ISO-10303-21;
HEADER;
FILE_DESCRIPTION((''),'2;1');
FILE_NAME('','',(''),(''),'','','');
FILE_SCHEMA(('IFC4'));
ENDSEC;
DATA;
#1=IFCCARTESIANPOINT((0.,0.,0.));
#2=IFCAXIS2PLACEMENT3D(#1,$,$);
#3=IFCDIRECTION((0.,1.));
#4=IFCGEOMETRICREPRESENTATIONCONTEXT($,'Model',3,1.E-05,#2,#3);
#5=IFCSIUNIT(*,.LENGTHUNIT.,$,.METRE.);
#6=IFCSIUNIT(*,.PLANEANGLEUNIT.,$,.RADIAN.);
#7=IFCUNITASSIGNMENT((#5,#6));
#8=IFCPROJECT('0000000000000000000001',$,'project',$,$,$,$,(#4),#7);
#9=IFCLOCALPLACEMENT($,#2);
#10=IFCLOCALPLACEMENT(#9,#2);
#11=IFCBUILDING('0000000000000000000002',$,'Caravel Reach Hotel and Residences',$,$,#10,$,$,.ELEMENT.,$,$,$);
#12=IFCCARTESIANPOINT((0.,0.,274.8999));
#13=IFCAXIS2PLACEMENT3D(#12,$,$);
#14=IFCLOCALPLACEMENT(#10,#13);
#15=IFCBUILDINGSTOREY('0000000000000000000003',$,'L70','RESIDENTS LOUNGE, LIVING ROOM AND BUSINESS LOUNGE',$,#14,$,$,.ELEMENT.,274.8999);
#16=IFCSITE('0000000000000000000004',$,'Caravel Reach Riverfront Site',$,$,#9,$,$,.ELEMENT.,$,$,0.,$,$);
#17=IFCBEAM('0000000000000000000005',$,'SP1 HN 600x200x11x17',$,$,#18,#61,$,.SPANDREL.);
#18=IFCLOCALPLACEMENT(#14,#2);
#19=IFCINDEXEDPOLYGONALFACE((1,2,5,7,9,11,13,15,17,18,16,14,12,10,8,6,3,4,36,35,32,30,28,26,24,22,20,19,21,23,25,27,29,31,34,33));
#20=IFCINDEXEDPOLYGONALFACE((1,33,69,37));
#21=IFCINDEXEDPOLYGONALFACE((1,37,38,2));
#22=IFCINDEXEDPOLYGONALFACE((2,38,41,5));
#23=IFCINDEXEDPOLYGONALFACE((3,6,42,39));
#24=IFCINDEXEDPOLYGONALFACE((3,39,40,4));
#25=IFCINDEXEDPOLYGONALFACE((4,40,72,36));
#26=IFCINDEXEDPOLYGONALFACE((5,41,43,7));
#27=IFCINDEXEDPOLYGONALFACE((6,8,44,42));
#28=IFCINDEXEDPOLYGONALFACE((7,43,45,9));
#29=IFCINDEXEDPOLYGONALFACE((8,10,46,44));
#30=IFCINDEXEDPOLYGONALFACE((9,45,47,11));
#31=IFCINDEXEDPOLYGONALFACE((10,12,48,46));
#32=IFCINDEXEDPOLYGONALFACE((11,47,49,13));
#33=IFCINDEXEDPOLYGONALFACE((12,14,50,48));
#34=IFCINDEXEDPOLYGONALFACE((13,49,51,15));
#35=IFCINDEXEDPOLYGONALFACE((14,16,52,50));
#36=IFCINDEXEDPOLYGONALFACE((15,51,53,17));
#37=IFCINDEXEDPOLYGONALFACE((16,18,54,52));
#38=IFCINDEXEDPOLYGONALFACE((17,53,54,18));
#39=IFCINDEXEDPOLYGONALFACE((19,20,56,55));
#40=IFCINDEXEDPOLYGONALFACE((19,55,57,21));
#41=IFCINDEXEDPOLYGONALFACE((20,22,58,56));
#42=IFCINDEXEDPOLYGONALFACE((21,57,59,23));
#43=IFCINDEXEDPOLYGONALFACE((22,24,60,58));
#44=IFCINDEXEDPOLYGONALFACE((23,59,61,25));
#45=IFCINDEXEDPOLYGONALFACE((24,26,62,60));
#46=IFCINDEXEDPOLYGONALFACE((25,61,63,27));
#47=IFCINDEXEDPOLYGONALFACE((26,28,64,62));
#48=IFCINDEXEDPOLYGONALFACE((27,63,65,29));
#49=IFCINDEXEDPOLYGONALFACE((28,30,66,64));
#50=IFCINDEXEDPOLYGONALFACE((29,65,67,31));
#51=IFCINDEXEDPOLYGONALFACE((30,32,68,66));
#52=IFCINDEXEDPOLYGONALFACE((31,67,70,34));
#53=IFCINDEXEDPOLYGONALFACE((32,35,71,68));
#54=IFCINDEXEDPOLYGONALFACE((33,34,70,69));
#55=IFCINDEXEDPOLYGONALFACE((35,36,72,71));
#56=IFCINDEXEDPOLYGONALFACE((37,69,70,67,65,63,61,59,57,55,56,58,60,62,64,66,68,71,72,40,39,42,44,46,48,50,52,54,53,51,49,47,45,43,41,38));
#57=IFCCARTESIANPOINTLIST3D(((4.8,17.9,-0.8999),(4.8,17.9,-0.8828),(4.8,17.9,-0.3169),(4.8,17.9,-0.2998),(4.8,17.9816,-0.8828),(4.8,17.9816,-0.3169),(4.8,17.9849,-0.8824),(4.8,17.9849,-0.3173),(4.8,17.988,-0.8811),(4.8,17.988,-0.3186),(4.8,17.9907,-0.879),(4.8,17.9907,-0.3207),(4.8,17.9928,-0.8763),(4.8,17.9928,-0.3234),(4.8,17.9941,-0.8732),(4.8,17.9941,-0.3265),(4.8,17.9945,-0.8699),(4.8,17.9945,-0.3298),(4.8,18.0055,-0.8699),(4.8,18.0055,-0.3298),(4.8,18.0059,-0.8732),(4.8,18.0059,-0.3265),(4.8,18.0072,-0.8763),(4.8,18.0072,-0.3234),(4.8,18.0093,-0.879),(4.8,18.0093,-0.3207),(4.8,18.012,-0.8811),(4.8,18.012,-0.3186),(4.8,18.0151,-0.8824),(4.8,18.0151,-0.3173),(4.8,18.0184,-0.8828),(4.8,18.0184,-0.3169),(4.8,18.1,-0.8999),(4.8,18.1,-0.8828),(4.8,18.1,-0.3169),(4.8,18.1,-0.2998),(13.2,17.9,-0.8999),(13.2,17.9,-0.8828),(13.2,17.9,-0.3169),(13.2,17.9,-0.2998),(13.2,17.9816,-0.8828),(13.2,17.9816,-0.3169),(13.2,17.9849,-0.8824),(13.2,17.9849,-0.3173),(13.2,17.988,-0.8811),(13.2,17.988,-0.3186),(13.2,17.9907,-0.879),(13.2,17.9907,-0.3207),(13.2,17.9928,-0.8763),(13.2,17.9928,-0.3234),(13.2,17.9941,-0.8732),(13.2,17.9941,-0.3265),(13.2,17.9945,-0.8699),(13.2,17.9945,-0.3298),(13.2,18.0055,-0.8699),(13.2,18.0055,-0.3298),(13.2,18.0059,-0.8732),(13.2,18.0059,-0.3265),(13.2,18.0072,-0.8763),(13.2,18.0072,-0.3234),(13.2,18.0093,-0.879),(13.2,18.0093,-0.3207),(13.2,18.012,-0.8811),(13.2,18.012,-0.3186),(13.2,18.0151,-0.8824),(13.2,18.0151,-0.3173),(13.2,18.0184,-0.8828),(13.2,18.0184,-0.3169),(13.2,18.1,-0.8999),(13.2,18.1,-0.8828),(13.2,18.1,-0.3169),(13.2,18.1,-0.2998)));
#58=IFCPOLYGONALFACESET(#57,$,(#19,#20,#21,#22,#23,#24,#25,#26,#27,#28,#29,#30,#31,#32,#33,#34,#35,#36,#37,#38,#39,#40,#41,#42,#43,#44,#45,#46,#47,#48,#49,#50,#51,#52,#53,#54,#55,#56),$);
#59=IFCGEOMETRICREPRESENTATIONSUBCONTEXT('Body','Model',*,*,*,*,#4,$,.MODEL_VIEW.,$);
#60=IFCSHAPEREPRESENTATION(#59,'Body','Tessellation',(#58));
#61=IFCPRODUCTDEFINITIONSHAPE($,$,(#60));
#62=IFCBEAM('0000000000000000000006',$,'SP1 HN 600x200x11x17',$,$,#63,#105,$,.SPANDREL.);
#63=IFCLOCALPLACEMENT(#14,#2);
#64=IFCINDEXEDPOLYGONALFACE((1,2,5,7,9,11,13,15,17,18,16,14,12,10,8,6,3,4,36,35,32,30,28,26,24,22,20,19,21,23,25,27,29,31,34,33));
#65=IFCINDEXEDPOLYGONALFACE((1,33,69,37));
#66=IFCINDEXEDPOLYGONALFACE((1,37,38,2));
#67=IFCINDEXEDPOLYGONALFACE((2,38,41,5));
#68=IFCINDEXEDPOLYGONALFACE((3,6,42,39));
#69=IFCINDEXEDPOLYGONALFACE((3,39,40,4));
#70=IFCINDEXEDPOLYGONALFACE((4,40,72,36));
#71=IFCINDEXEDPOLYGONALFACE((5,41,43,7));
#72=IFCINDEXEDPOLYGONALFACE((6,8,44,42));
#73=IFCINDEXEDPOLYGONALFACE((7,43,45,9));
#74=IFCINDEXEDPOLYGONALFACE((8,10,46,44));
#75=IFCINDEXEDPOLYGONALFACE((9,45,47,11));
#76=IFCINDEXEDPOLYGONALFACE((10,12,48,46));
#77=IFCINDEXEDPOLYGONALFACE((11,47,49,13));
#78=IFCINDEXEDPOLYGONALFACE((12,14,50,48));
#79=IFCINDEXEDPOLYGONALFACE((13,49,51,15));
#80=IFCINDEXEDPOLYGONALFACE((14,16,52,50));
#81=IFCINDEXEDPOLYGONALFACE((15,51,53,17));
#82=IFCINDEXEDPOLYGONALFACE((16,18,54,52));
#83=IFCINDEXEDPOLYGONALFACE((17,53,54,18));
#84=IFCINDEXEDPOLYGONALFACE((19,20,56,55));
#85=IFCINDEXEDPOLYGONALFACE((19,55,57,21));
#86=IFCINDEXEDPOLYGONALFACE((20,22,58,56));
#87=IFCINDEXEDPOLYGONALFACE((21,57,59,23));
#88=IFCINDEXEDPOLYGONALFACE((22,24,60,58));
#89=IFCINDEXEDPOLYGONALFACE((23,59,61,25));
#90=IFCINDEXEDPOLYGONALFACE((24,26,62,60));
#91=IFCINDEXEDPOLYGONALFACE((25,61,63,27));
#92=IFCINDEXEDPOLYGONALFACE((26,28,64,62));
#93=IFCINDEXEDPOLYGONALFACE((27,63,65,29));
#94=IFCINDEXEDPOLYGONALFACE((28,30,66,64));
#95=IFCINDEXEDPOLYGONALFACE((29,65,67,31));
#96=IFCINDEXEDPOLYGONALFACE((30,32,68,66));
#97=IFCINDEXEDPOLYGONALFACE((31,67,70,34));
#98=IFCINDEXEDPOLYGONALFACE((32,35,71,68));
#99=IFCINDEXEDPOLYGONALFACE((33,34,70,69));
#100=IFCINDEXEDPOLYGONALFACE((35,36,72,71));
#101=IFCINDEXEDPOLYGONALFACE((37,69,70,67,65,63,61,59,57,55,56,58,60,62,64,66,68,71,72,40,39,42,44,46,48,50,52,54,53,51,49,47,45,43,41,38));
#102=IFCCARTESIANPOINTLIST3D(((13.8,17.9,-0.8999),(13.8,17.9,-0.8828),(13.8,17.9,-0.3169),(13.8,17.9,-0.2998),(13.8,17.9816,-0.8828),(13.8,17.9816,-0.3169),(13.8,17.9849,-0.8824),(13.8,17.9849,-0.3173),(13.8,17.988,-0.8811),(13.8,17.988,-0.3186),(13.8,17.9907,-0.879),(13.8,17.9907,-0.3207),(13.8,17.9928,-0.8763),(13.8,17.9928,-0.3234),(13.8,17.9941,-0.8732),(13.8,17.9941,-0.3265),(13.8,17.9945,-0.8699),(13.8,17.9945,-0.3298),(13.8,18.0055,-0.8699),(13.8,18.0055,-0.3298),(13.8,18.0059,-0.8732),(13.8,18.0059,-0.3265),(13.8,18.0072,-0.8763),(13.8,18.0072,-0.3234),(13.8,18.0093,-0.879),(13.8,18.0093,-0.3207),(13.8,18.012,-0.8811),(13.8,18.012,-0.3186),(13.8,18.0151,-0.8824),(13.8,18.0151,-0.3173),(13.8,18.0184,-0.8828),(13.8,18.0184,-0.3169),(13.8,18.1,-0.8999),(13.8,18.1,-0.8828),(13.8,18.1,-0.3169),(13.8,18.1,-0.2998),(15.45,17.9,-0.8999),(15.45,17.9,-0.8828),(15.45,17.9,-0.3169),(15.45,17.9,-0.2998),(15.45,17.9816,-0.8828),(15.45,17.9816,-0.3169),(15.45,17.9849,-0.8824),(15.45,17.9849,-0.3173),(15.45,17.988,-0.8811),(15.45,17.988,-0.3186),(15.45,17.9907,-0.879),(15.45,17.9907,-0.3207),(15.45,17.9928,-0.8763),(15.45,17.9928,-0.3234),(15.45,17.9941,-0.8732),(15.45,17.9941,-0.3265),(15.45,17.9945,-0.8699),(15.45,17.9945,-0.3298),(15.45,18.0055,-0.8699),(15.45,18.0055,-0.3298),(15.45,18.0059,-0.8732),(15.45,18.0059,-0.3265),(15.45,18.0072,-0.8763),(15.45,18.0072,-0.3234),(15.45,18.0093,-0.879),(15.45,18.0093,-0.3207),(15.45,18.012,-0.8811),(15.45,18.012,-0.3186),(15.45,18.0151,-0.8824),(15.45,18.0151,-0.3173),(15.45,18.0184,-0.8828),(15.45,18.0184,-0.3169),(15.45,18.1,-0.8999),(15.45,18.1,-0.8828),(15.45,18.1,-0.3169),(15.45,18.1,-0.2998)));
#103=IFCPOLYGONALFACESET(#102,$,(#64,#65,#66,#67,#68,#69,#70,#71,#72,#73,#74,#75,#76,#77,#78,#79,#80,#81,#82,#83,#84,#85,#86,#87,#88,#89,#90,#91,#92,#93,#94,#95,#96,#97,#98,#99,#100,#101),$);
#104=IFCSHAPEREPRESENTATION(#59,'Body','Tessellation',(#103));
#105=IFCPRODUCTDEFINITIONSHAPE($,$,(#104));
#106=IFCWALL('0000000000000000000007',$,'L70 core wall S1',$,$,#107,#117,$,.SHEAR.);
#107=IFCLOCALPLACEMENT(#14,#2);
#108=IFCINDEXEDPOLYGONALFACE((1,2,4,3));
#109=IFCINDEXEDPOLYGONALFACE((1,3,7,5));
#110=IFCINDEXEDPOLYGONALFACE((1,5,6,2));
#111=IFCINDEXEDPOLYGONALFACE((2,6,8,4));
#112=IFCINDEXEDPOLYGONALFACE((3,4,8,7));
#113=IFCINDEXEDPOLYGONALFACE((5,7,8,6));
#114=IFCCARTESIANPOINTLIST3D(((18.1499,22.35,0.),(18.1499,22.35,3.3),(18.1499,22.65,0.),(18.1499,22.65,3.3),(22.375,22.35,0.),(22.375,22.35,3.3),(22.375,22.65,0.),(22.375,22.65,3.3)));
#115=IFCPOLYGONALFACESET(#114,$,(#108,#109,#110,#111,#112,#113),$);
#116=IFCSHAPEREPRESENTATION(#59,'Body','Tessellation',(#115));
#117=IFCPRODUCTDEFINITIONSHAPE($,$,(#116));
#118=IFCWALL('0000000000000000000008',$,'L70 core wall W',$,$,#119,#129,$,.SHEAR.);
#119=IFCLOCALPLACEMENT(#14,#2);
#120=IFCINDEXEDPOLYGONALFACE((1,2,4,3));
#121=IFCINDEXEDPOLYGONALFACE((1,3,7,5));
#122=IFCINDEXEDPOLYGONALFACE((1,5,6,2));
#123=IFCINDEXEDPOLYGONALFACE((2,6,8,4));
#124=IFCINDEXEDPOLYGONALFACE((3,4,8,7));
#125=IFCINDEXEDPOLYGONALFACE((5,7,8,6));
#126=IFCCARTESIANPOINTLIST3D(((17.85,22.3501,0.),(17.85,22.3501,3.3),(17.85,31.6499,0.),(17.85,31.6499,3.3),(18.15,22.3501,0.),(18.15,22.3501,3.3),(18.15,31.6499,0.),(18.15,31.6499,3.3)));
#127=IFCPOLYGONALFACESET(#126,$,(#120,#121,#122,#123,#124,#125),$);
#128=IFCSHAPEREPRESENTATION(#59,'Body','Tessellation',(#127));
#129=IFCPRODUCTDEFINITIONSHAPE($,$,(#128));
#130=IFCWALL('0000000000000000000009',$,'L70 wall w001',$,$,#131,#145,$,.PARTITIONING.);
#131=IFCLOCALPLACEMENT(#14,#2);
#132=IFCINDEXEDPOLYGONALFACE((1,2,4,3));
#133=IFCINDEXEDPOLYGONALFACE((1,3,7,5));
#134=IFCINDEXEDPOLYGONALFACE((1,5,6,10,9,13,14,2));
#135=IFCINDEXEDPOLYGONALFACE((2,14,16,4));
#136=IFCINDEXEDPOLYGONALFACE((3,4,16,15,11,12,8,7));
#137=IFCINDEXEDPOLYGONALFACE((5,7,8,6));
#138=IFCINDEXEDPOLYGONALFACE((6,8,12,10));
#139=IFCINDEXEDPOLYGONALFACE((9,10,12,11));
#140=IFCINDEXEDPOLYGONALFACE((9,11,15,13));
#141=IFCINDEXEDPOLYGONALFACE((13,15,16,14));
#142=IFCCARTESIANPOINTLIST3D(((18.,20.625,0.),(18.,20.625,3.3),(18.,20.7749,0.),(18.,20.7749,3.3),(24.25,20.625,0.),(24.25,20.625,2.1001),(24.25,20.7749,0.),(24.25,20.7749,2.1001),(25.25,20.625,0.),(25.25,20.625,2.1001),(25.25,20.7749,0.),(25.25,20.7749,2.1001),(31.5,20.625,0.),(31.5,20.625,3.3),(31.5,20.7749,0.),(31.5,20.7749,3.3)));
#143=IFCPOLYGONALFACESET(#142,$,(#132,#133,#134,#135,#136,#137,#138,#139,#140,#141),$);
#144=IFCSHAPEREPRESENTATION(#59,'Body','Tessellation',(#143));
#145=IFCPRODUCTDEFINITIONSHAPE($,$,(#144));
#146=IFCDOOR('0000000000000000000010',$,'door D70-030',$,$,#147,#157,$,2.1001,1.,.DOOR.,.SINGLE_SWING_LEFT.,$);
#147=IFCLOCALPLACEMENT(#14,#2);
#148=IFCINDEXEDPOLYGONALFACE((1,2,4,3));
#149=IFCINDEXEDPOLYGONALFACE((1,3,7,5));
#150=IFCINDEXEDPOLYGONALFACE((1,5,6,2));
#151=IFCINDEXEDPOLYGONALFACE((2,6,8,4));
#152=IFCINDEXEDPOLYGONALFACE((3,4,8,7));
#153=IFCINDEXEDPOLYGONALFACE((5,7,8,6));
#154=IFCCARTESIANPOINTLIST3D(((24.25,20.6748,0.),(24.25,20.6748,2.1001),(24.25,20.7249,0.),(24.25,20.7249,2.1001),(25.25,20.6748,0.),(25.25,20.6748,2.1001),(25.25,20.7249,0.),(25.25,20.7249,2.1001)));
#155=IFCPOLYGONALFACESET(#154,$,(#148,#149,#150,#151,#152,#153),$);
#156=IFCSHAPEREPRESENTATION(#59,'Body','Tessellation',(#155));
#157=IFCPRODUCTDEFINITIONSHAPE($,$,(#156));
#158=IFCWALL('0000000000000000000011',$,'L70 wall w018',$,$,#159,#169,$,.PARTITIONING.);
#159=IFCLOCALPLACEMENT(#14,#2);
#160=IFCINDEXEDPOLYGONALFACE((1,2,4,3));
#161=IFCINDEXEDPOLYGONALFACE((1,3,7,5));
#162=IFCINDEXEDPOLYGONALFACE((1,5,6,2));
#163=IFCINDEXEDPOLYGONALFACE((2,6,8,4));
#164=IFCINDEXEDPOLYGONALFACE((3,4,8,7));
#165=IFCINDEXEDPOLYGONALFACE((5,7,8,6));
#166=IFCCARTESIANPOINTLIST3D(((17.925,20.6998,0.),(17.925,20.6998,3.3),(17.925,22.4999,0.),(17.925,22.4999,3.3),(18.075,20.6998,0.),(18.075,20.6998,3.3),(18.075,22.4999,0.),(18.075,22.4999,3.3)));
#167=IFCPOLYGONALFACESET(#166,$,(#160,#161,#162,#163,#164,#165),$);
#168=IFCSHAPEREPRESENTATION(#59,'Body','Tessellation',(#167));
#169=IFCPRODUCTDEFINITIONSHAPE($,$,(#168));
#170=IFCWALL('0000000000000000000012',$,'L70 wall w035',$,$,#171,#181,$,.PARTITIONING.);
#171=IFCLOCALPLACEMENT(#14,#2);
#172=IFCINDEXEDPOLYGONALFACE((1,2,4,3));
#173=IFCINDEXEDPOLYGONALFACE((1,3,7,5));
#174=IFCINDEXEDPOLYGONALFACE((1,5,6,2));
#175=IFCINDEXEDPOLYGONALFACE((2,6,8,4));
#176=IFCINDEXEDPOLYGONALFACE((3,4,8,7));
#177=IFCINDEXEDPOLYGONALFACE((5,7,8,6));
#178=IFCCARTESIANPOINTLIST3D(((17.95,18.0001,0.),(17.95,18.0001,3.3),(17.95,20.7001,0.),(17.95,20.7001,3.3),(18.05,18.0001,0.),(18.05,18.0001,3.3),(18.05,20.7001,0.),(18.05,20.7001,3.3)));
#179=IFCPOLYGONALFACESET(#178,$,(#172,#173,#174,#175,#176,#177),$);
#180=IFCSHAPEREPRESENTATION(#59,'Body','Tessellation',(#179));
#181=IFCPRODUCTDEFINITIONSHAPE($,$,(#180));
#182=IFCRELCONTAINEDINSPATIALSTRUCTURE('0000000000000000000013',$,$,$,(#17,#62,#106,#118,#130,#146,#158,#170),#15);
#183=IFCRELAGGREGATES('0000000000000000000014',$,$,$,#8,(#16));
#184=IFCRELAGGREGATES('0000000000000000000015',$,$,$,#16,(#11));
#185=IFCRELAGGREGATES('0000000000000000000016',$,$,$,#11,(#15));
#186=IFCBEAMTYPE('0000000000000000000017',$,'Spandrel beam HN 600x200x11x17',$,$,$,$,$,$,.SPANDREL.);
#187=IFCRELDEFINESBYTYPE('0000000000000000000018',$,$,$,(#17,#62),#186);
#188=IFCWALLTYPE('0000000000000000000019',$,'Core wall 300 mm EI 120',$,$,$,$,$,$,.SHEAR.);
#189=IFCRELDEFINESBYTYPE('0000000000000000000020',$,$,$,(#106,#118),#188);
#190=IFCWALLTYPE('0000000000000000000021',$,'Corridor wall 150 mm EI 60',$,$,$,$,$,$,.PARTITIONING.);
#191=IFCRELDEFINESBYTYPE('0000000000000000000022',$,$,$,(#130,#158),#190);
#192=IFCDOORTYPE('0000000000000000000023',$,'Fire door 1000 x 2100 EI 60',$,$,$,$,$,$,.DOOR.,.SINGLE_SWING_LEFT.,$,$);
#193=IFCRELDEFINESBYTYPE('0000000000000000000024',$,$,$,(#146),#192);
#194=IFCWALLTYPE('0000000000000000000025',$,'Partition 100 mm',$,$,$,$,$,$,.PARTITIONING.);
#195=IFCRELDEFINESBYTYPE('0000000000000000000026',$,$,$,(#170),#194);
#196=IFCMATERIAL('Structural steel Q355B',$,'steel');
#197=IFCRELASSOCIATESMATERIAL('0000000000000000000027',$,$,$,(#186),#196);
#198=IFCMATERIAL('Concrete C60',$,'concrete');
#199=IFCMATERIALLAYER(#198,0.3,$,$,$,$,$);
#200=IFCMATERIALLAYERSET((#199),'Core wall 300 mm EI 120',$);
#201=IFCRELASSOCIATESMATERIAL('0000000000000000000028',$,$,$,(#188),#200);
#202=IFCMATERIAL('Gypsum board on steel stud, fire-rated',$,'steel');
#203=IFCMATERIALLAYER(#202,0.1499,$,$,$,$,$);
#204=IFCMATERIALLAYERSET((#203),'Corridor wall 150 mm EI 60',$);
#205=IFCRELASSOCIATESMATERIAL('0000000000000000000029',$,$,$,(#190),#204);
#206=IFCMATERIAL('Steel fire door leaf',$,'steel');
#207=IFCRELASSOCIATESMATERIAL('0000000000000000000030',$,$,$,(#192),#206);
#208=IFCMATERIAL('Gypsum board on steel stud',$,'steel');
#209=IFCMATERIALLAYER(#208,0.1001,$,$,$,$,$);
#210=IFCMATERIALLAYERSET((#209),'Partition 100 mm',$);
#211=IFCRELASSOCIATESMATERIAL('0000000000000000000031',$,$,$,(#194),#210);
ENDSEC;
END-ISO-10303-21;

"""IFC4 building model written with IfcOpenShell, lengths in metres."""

from ifc_helpers import new_model, si_unit, direction, frame, frame_2d, origin, origin_2d, place, context, subcontext, project, spatial, rectangle, i_section, extrude, material, layer, layer_set, material_profile, profile_set, type_object, element, fill, save


model = new_model("IFC4")

# Units and contexts
model_context = context("Model", 3, precision=1e-05, world=origin(), true_north=direction((0.0, 1.0)))
body_context = subcontext(model_context, "Body", "Model", "MODEL_VIEW")
ifc_project = project(units=[si_unit("LENGTHUNIT", "METRE"), si_unit("PLANEANGLEUNIT", "RADIAN")], contexts=[model_context])

# Site, building, storey
site_placement = place(None, origin())
site = spatial("IfcSite", under=ifc_project, at=site_placement, Name="Caravel Reach Riverfront Site", CompositionType="ELEMENT", RefElevation=0.0)
building_placement = place(site_placement, origin())
building = spatial("IfcBuilding", under=site, at=building_placement, Name="Caravel Reach Hotel and Residences", CompositionType="ELEMENT")
storey_placement = place(building_placement, frame((0.0, 0.0, 274.8999)))
storey = spatial("IfcBuildingStorey", under=building, at=storey_placement, Name="L70", Description="RESIDENTS LOUNGE, LIVING ROOM AND BUSINESS LOUNGE", CompositionType="ELEMENT", Elevation=274.8999)

# Beams
ifc_material_1 = material(Name="Structural steel Q355B", Category="steel")
ifc_material_profile_1 = material_profile(ifc_material_1, i_section(OverallWidth=0.2, OverallDepth=0.6001, WebThickness=0.011, FlangeThickness=0.0171, FilletRadius=0.0129, at=origin_2d()), Name="HN 600x200x11x17")
ifc_profile_set_1 = profile_set([ifc_material_profile_1], Name="Structural steel Q355B")
beam_type_1 = type_object("IfcBeamType", Name="Spandrel beam HN 600x200x11x17", PredefinedType="SPANDREL", material=ifc_profile_set_1)
beam_1_placement = place(storey_placement, frame((4.8, 18.0, -0.5999), z_axis=(1.0, 0.0, 0.0), x_axis=(0.0, 1.0, 0.0)))
element("IfcBeam", 1, at=beam_1_placement, inside=storey, type_object=beam_type_1, Name="SP1 HN 600x200x11x17", PredefinedType="SPANDREL", context=body_context, shape_type="SweptSolid", body=[
    extrude(i_section(OverallWidth=0.2, OverallDepth=0.6001, WebThickness=0.011, FlangeThickness=0.0171, FilletRadius=0.0129, at=origin_2d()), origin(), (0.0, 0.0, 1.0), 8.3999),
])
beam_2_placement = place(storey_placement, frame((13.8, 18.0, -0.5999), z_axis=(1.0, 0.0, 0.0), x_axis=(0.0, 1.0, 0.0)))
element("IfcBeam", 2, at=beam_2_placement, inside=storey, type_object=beam_type_1, Name="SP1 HN 600x200x11x17", PredefinedType="SPANDREL", context=body_context, shape_type="SweptSolid", body=[
    extrude(i_section(OverallWidth=0.2, OverallDepth=0.6001, WebThickness=0.011, FlangeThickness=0.0171, FilletRadius=0.0129, at=origin_2d()), origin(), (0.0, 0.0, 1.0), 1.6499),
])

# Walls
ifc_material_2 = material(Name="Concrete C60", Category="concrete")
ifc_layer_1 = layer(ifc_material_2, 0.3)
ifc_layer_set_1 = layer_set([ifc_layer_1], Name="Core wall 300 mm EI 120")
wall_type_1 = type_object("IfcWallType", Name="Core wall 300 mm EI 120", PredefinedType="SHEAR", material=ifc_layer_set_1)
wall_1_placement = place(storey_placement, frame((18.1499, 22.5, 0.0), z_axis=(0.0, 0.0, 1.0), x_axis=(1.0, 0.0, 0.0)))
element("IfcWall", 3, at=wall_1_placement, inside=storey, type_object=wall_type_1, Name="L70 core wall S1", PredefinedType="SHEAR", context=body_context, shape_type="SweptSolid", body=[
    extrude(rectangle(XDim=4.2251, YDim=0.3, at=frame_2d((2.1125, 0.0))), origin(), (0.0, 0.0, 1.0), 3.3),
])
wall_2_placement = place(storey_placement, frame((18.0, 22.3501, 0.0), z_axis=(0.0, 0.0, 1.0), x_axis=(0.0, 1.0, 0.0)))
element("IfcWall", 4, at=wall_2_placement, inside=storey, type_object=wall_type_1, Name="L70 core wall W", PredefinedType="SHEAR", context=body_context, shape_type="SweptSolid", body=[
    extrude(rectangle(XDim=9.2998, YDim=0.3, at=frame_2d((4.6499, 0.0))), origin(), (0.0, 0.0, 1.0), 3.3),
])

# Wall, opening, door
ifc_material_3 = material(Name="Gypsum board on steel stud, fire-rated", Category="steel")
ifc_layer_2 = layer(ifc_material_3, 0.1499)
ifc_layer_set_2 = layer_set([ifc_layer_2], Name="Corridor wall 150 mm EI 60")
wall_type_2 = type_object("IfcWallType", Name="Corridor wall 150 mm EI 60", PredefinedType="PARTITIONING", material=ifc_layer_set_2)
wall_3_placement = place(storey_placement, frame((18.0, 20.7, 0.0), z_axis=(0.0, 0.0, 1.0), x_axis=(1.0, 0.0, 0.0)))
wall_3 = element("IfcWall", 5, at=wall_3_placement, inside=storey, type_object=wall_type_2, Name="L70 wall w001", PredefinedType="PARTITIONING", context=body_context, shape_type="SweptSolid", body=[
    extrude(rectangle(XDim=13.5, YDim=0.1499, at=frame_2d((6.75, 0.0))), origin(), (0.0, 0.0, 1.0), 3.3),
])
opening_1_placement = place(wall_3_placement, frame((6.25, 0.0, 0.0)))
opening_1 = element("IfcOpeningElement", 6, at=opening_1_placement, cuts=wall_3, PredefinedType="OPENING", context=body_context, shape_type="SweptSolid", body=[
    extrude(rectangle(XDim=1.0, YDim=2.1001, at=frame_2d((0.5, 1.05))), frame((0.0, 0.085, 0.0), z_axis=(0.0, -1.0, 0.0), x_axis=(1.0, 0.0, 0.0)), (0.0, 0.0, 1.0), 0.1699),
])
ifc_material_4 = material(Name="Steel fire door leaf", Category="steel")
door_type_1 = type_object("IfcDoorType", Name="Fire door 1000 x 2100 EI 60", OperationType="SINGLE_SWING_LEFT", PredefinedType="DOOR", material=ifc_material_4)
door_1_placement = place(opening_1_placement, origin())
door_1 = element("IfcDoor", 7, at=door_1_placement, inside=storey, type_object=door_type_1, Name="door D70-030", OperationType="SINGLE_SWING_LEFT", OverallHeight=2.1001, OverallWidth=1.0, PredefinedType="DOOR", context=body_context, shape_type="SweptSolid", body=[
    extrude(rectangle(XDim=1.0, YDim=2.1001, at=frame_2d((0.5, 1.05))), frame((0.0, 0.0249, 0.0), z_axis=(0.0, -1.0, 0.0), x_axis=(1.0, 0.0, 0.0)), (0.0, 0.0, 1.0), 0.05),
])
fill(opening_1, door_1)

# Walls
wall_4_placement = place(storey_placement, frame((18.0, 20.7, 0.0), z_axis=(0.0, 0.0, 1.0), x_axis=(0.0, 1.0, 0.0)))
element("IfcWall", 8, at=wall_4_placement, inside=storey, type_object=wall_type_2, Name="L70 wall w018", PredefinedType="PARTITIONING", context=body_context, shape_type="SweptSolid", body=[
    extrude(rectangle(XDim=1.8, YDim=0.1499, at=frame_2d((0.8999, 0.0))), origin(), (0.0, 0.0, 1.0), 3.3),
])
ifc_material_5 = material(Name="Gypsum board on steel stud", Category="steel")
ifc_layer_3 = layer(ifc_material_5, 0.1001)
ifc_layer_set_3 = layer_set([ifc_layer_3], Name="Partition 100 mm")
wall_type_3 = type_object("IfcWallType", Name="Partition 100 mm", PredefinedType="PARTITIONING", material=ifc_layer_set_3)
wall_5_placement = place(storey_placement, frame((18.0, 18.0, 0.0), z_axis=(0.0, 0.0, 1.0), x_axis=(0.0, 1.0, 0.0)))
element("IfcWall", 9, at=wall_5_placement, inside=storey, type_object=wall_type_3, Name="L70 wall w035", PredefinedType="PARTITIONING", context=body_context, shape_type="SweptSolid", body=[
    extrude(rectangle(XDim=2.7, YDim=0.1001, at=frame_2d((1.3501, 0.0))), origin(), (0.0, 0.0, 1.0), 3.3),
])

save(model, "model.ifc")
